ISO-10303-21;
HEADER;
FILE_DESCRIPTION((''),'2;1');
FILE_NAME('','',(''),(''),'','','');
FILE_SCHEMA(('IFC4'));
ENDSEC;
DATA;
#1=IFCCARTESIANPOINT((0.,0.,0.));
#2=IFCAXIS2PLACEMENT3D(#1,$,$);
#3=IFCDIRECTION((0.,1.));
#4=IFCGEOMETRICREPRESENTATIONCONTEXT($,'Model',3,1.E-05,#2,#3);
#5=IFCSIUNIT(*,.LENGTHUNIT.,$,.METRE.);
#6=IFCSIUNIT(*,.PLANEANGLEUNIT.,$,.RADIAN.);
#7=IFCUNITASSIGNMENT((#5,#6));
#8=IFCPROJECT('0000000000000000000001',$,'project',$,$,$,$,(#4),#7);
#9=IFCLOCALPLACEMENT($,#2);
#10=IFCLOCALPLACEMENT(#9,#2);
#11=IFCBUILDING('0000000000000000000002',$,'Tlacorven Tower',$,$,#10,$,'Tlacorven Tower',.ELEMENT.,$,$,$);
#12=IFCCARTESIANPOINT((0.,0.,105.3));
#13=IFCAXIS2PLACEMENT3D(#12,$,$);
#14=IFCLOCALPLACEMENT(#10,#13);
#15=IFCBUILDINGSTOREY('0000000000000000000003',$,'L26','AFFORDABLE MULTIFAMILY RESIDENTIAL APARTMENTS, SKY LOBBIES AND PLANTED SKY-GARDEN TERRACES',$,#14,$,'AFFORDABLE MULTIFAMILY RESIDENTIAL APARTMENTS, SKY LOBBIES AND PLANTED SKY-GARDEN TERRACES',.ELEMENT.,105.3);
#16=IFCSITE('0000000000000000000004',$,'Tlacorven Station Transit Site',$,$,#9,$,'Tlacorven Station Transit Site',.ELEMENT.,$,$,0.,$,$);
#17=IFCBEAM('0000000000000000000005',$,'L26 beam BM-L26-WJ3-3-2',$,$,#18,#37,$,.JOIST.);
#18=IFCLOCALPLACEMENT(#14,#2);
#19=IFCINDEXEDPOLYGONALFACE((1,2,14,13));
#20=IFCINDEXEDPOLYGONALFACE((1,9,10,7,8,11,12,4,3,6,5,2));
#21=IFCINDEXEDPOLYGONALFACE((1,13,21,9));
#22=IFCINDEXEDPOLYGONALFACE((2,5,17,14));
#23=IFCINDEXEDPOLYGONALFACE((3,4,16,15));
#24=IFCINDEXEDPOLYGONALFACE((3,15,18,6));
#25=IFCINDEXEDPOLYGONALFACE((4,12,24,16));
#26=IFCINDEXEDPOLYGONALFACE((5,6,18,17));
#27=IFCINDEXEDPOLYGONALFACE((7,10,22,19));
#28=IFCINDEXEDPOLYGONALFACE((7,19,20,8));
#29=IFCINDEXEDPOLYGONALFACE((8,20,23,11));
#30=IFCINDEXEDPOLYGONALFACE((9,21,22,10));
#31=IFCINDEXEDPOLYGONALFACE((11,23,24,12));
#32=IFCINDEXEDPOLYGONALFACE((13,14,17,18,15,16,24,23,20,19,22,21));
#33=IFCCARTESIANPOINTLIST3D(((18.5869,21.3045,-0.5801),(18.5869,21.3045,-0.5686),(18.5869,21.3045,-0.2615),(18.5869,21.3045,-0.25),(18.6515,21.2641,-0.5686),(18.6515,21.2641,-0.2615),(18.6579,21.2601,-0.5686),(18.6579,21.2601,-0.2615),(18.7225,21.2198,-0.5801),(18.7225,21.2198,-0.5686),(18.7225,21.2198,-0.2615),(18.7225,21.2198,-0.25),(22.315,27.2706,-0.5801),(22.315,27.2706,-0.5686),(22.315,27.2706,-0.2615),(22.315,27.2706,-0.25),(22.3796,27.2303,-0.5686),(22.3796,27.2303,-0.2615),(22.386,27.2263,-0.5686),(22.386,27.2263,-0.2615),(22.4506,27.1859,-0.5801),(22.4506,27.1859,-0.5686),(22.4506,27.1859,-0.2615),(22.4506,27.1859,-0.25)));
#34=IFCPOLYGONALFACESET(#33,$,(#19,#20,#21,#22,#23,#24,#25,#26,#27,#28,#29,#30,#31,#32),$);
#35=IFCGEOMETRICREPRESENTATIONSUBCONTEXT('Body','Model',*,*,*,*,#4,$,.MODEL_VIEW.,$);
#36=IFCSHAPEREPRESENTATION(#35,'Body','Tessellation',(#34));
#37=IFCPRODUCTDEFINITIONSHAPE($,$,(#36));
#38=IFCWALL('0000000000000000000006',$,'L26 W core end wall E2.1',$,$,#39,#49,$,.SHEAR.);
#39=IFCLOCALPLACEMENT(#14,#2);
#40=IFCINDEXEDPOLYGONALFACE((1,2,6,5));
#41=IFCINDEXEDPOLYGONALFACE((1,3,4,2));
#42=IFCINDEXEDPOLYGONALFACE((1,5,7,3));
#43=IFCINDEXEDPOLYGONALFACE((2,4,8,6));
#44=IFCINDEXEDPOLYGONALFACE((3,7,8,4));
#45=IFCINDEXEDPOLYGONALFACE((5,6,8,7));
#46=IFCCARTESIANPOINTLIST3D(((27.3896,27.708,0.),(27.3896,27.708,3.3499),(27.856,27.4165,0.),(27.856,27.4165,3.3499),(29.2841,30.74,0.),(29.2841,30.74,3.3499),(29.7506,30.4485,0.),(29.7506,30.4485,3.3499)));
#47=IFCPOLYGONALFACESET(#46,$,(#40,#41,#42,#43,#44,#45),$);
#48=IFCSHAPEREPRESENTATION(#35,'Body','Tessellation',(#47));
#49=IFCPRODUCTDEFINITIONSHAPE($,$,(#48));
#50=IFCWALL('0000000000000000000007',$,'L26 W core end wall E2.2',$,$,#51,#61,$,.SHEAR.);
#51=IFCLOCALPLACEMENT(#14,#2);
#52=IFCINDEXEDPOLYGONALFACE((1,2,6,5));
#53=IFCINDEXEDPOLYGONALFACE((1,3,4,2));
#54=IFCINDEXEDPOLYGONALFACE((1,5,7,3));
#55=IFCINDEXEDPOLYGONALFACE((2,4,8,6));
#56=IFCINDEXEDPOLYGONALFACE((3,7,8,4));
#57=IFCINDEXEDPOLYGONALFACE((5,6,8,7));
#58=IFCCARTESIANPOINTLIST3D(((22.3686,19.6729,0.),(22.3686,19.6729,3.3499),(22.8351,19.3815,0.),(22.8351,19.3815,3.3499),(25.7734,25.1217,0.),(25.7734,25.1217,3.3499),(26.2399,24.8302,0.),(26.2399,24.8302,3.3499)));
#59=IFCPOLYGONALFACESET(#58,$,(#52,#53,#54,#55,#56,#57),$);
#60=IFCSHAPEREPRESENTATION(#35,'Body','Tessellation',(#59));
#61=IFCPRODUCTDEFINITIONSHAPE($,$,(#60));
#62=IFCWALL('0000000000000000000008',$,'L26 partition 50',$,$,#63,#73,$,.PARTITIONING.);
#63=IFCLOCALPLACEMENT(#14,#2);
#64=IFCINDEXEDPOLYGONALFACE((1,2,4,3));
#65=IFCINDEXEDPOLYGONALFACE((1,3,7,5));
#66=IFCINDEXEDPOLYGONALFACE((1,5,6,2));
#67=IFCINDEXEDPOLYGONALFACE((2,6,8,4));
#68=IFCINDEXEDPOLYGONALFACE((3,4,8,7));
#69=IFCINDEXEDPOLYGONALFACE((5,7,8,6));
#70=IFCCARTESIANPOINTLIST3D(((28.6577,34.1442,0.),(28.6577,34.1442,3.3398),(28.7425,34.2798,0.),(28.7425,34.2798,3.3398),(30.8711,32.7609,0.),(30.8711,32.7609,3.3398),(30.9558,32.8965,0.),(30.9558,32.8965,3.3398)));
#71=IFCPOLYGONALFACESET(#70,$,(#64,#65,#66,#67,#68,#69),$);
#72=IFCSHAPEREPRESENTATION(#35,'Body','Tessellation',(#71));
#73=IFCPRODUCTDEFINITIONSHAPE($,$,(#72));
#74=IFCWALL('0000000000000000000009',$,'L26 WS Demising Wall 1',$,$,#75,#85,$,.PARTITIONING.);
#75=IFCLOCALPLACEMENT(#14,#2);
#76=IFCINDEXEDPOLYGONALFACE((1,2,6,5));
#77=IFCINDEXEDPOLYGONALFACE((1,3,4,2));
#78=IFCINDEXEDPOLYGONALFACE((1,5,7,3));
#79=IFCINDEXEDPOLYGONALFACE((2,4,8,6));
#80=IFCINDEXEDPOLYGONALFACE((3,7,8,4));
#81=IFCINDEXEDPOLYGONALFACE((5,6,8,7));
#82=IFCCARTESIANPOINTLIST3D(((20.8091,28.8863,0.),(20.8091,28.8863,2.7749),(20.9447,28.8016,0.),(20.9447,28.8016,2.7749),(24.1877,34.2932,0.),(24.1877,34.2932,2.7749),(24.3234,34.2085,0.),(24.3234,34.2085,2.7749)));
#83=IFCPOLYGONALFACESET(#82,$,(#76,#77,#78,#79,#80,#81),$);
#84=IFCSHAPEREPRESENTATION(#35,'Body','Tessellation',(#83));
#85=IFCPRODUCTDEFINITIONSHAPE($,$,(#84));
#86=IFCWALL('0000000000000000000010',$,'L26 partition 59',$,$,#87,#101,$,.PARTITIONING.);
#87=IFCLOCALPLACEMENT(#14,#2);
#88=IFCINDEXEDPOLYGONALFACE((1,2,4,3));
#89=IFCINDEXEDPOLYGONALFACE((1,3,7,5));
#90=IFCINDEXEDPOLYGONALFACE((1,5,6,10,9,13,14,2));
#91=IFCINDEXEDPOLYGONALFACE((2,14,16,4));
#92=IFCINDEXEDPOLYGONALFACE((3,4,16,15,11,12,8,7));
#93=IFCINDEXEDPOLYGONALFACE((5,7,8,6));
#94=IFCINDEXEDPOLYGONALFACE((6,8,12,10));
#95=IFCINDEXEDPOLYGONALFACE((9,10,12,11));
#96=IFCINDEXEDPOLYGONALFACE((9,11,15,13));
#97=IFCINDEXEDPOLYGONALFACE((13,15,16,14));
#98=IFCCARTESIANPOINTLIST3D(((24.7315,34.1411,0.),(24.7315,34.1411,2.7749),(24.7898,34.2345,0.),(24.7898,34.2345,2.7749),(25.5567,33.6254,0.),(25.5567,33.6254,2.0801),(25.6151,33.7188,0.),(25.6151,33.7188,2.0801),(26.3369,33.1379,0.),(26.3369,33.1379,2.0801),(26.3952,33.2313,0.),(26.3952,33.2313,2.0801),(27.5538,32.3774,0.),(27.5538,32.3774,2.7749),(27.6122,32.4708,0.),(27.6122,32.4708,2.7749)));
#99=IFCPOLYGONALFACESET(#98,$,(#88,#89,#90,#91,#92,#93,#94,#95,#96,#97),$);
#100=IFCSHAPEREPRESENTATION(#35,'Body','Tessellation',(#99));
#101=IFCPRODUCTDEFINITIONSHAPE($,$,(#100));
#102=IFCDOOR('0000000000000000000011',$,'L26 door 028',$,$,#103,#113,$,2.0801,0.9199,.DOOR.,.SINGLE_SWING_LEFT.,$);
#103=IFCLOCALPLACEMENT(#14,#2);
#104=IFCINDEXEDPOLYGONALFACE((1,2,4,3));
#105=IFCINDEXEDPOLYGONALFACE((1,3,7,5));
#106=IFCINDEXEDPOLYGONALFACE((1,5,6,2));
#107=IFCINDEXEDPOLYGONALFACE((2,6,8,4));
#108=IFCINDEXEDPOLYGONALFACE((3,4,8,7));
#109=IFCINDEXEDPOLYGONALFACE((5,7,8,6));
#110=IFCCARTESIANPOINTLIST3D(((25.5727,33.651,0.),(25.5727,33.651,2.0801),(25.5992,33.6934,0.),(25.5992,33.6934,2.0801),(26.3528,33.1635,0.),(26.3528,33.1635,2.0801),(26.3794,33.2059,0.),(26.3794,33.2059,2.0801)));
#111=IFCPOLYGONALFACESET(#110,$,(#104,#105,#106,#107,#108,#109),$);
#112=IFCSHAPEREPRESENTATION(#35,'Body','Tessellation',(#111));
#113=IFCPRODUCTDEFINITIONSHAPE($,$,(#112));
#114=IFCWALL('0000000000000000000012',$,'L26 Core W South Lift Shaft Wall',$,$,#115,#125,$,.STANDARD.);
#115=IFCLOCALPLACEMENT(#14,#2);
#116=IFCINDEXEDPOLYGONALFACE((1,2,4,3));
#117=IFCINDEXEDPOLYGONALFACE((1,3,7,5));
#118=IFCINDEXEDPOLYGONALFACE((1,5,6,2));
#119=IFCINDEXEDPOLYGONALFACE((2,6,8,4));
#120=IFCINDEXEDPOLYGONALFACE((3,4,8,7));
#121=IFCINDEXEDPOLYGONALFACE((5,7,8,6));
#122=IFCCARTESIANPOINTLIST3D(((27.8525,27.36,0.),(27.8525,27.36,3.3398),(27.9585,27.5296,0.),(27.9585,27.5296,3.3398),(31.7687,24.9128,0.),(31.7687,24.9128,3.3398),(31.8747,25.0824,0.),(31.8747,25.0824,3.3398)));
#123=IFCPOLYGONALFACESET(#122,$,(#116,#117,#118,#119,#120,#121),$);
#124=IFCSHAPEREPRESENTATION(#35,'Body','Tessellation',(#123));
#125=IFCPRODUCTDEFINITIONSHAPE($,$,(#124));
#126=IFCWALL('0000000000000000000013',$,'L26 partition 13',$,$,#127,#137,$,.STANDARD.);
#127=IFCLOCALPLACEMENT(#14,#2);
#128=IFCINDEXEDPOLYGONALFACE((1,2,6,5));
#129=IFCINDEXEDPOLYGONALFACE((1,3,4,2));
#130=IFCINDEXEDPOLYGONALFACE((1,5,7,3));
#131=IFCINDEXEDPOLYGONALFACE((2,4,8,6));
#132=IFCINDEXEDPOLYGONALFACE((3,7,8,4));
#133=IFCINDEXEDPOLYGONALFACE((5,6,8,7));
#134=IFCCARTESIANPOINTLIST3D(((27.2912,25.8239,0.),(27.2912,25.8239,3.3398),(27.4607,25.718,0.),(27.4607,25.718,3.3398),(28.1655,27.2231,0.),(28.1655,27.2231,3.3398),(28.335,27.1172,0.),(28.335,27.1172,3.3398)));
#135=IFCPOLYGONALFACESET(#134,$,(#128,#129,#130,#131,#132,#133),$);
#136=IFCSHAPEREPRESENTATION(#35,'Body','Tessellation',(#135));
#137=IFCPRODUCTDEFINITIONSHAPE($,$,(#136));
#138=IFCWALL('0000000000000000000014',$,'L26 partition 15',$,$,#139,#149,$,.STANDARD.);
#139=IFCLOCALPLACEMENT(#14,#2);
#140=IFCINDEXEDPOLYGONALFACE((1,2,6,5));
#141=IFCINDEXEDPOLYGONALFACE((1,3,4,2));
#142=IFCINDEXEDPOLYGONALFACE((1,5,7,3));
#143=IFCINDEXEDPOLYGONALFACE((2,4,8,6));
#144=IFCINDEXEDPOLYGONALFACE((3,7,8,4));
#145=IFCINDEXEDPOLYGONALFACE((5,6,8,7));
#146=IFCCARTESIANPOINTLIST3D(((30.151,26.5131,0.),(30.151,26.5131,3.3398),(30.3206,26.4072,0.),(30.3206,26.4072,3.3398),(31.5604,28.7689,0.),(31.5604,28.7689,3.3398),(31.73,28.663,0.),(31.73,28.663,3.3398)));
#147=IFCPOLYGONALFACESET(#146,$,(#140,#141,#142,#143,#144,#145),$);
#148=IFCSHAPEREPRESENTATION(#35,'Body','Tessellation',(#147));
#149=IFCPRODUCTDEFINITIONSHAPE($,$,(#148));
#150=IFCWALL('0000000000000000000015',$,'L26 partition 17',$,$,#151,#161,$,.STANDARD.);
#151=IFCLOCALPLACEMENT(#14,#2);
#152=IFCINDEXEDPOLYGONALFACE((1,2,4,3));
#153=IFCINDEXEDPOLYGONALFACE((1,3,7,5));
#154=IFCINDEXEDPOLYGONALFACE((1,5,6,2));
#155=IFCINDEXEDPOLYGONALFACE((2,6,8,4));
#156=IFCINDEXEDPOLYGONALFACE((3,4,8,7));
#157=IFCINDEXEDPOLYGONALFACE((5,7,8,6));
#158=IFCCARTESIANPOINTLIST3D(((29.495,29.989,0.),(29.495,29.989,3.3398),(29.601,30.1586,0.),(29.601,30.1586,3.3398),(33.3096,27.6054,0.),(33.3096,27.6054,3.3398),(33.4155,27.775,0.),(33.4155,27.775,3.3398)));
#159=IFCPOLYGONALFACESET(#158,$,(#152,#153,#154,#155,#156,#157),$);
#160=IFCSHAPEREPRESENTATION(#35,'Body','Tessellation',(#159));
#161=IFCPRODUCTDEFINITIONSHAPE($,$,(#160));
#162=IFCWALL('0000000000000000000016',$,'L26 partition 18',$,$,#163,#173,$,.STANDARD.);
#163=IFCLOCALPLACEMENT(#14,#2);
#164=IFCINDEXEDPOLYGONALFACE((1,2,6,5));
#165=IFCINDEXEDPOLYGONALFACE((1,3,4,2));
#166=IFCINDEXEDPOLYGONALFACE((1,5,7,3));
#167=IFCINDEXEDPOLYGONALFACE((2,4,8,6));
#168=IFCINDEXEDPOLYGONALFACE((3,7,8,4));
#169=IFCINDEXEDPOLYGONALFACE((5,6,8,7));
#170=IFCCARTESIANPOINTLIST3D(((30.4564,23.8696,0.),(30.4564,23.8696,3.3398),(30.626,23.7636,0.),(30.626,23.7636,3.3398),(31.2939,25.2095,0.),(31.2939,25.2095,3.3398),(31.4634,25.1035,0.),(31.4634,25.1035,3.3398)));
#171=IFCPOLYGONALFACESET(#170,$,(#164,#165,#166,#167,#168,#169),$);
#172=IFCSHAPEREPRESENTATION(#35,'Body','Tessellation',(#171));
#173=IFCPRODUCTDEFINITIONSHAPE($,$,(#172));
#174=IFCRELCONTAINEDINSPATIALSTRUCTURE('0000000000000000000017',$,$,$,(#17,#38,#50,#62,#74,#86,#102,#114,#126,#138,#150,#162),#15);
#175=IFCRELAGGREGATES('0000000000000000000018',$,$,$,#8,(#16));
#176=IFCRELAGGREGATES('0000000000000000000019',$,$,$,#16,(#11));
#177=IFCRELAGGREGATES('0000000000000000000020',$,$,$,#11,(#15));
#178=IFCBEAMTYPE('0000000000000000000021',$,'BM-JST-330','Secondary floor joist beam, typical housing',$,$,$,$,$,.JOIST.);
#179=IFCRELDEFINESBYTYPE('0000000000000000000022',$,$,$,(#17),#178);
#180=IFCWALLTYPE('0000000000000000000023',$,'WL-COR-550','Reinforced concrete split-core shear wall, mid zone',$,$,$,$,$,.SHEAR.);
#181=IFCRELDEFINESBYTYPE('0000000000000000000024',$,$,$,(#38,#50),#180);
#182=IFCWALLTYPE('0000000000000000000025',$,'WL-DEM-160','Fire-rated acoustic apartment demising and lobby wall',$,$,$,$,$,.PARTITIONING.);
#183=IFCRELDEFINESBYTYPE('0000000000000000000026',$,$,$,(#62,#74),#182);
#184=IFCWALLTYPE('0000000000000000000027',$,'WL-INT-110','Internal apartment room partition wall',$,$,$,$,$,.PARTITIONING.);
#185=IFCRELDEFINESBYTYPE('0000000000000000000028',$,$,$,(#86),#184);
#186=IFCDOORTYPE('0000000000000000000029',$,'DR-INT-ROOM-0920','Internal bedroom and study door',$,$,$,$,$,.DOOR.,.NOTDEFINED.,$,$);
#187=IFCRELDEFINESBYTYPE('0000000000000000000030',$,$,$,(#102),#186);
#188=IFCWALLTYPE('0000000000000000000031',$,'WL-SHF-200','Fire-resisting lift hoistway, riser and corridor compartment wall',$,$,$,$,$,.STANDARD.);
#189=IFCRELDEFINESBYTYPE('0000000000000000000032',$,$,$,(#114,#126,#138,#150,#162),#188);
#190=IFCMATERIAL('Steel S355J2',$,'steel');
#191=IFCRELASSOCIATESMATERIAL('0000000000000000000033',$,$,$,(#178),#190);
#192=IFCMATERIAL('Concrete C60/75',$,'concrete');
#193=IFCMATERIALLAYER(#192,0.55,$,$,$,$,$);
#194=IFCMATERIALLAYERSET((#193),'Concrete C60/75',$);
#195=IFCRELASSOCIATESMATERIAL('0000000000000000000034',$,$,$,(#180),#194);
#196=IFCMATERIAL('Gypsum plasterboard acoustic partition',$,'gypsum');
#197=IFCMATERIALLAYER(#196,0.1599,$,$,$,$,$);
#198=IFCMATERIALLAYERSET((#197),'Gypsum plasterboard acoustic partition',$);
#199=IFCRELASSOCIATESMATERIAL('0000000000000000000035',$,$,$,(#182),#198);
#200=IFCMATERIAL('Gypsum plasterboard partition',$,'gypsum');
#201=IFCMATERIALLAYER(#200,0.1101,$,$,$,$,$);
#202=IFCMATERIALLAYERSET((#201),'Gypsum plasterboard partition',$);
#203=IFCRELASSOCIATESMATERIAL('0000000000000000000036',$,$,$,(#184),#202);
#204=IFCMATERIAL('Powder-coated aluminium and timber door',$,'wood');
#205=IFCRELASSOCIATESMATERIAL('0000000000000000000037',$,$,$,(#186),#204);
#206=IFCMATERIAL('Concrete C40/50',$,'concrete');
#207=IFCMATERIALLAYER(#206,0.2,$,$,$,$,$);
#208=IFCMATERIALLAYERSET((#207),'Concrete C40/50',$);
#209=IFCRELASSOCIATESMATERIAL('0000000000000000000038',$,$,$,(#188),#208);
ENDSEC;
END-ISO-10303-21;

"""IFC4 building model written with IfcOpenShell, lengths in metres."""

from ifc_helpers import new_model, si_unit, direction, frame, frame_2d, origin, origin_2d, place, context, subcontext, project, spatial, rectangle, i_section, extrude, source, transform, mapped, material, layer, layer_set, material_profile, profile_set, type_object, element, fill, save


model = new_model("IFC4")

# Units and contexts
model_context = context("Model", 3, precision=1e-05, world=origin(), true_north=direction((0.0, 1.0)))
body_context = subcontext(model_context, "Body", "Model", "MODEL_VIEW")
ifc_project = project(units=[si_unit("LENGTHUNIT", "METRE"), si_unit("PLANEANGLEUNIT", "RADIAN")], contexts=[model_context])

# Site, building, storey
site_placement = place(None, origin())
site = spatial("IfcSite", under=ifc_project, at=site_placement, Name="Tlacorven Station Transit Site", LongName="Tlacorven Station Transit Site", CompositionType="ELEMENT", RefElevation=0.0)
building_placement = place(site_placement, origin())
building = spatial("IfcBuilding", under=site, at=building_placement, Name="Tlacorven Tower", LongName="Tlacorven Tower", CompositionType="ELEMENT")
storey_placement = place(building_placement, frame((0.0, 0.0, 105.3)))
storey = spatial("IfcBuildingStorey", under=building, at=storey_placement, Name="L26", Description="AFFORDABLE MULTIFAMILY RESIDENTIAL APARTMENTS, SKY LOBBIES AND PLANTED SKY-GARDEN TERRACES", LongName="AFFORDABLE MULTIFAMILY RESIDENTIAL APARTMENTS, SKY LOBBIES AND PLANTED SKY-GARDEN TERRACES", CompositionType="ELEMENT", Elevation=105.3)

# Beam
ifc_material_1 = material(Name="Concrete C60/75", Category="concrete")
ifc_material_2 = material(Name="Steel S355J2", Category="steel")
ifc_material_profile_1 = material_profile(ifc_material_2, i_section(OverallWidth=0.1599, OverallDepth=0.3301, WebThickness=0.0076, FlangeThickness=0.0115, at=origin_2d()), Name="IPE 330")
ifc_profile_set_1 = profile_set([ifc_material_profile_1], Name="Steel S355J2")
beam_type_1 = type_object("IfcBeamType", Name="BM-JST-330", Description="Secondary floor joist beam, typical housing", PredefinedType="JOIST", material=ifc_profile_set_1)
shared_shape_1 = source(origin(), body_context, "Body", "SweptSolid", [
    extrude(i_section(OverallWidth=0.1599, OverallDepth=0.3301, WebThickness=0.0076, FlangeThickness=0.0115, at=origin_2d()), origin(), (0.0, 0.0, 1.0), 7.0352),
])
beam_1_placement = place(storey_placement, frame((22.3828, 27.2283, -0.415), z_axis=(-0.529921, -0.848047, 0.0), x_axis=(0.848047, -0.529921, 0.0)))
element("IfcBeam", 1, at=beam_1_placement, inside=storey, type_object=beam_type_1, Name="L26 beam BM-L26-WJ3-3-2", PredefinedType="JOIST", context=body_context, shape_type="MappedRepresentation", body=[
    mapped(shared_shape_1, transform((0.0, 0.0, 0.0), scale=1.0)),
])

# Walls
ifc_layer_1 = layer(ifc_material_1, 0.55)
ifc_layer_set_1 = layer_set([ifc_layer_1], Name="Concrete C60/75")
wall_type_1 = type_object("IfcWallType", Name="WL-COR-550", Description="Reinforced concrete split-core shear wall, mid zone", PredefinedType="SHEAR", material=ifc_layer_set_1)
wall_1_placement = place(storey_placement, frame((29.5173, 30.5942, 0.0), z_axis=(0.0, 0.0, 1.0), x_axis=(-0.529907, -0.848056, 0.0)))
element("IfcWall", 2, at=wall_1_placement, inside=storey, type_object=wall_type_1, Name="L26 W core end wall E2.1", PredefinedType="SHEAR", context=body_context, shape_type="SweptSolid", body=[
    extrude(rectangle(XDim=3.5752, YDim=0.55, at=frame_2d((1.7876, 0.0))), origin(), (0.0, 0.0, 1.0), 3.3499),
])
wall_2_placement = place(storey_placement, frame((26.0066, 24.9758, 0.0), z_axis=(0.0, 0.0, 1.0), x_axis=(-0.529924, -0.848045, 0.0)))
element("IfcWall", 3, at=wall_2_placement, inside=storey, type_object=wall_type_1, Name="L26 W core end wall E2.2", PredefinedType="SHEAR", context=body_context, shape_type="SweptSolid", body=[
    extrude(rectangle(XDim=6.425, YDim=0.55, at=frame_2d((3.2124, 0.0))), origin(), (0.0, 0.0, 1.0), 3.3499),
])
ifc_material_3 = material(Name="Gypsum plasterboard acoustic partition", Category="gypsum")
ifc_layer_2 = layer(ifc_material_3, 0.1599)
ifc_layer_set_2 = layer_set([ifc_layer_2], Name="Gypsum plasterboard acoustic partition")
wall_type_2 = type_object("IfcWallType", Name="WL-DEM-160", Description="Fire-rated acoustic apartment demising and lobby wall", PredefinedType="PARTITIONING", material=ifc_layer_set_2)
wall_3_placement = place(storey_placement, frame((30.9136, 32.8286, 0.0), z_axis=(0.0, 0.0, 1.0), x_axis=(-0.848009, 0.529982, 0.0)))
element("IfcWall", 4, at=wall_3_placement, inside=storey, type_object=wall_type_2, Name="L26 partition 50", PredefinedType="PARTITIONING", context=body_context, shape_type="SweptSolid", body=[
    extrude(rectangle(XDim=2.6101, YDim=0.1599, at=frame_2d((1.3052, 0.0))), origin(), (0.0, 0.0, 1.0), 3.3398),
])
wall_4_placement = place(storey_placement, frame((24.2556, 34.251, 0.0), z_axis=(0.0, 0.0, 1.0), x_axis=(-0.52992, -0.848048, 0.0)))
element("IfcWall", 5, at=wall_4_placement, inside=storey, type_object=wall_type_2, Name="L26 WS Demising Wall 1", PredefinedType="PARTITIONING", context=body_context, shape_type="SweptSolid", body=[
    extrude(rectangle(XDim=6.3757, YDim=0.1599, at=frame_2d((3.188, 0.0))), origin(), (0.0, 0.0, 1.0), 2.7749),
])

# Wall, opening, door
ifc_material_4 = material(Name="Gypsum plasterboard partition", Category="gypsum")
ifc_layer_3 = layer(ifc_material_4, 0.1101)
ifc_layer_set_3 = layer_set([ifc_layer_3], Name="Gypsum plasterboard partition")
wall_type_3 = type_object("IfcWallType", Name="WL-INT-110", Description="Internal apartment room partition wall", PredefinedType="PARTITIONING", material=ifc_layer_set_3)
wall_5_placement = place(storey_placement, frame((27.583, 32.4241, 0.0), z_axis=(0.0, 0.0, 1.0), x_axis=(-0.848031, 0.529946, 0.0)))
wall_5 = element("IfcWall", 6, at=wall_5_placement, inside=storey, type_object=wall_type_3, Name="L26 partition 59", PredefinedType="PARTITIONING", context=body_context, shape_type="SweptSolid", body=[
    extrude(rectangle(XDim=3.3281, YDim=0.1101, at=frame_2d((1.6641, 0.0))), origin(), (0.0, 0.0, 1.0), 2.7749),
])
opening_1_placement = place(wall_5_placement, frame((1.4351, 0.0, 0.0)))
opening_1 = element("IfcOpeningElement", 7, at=opening_1_placement, cuts=wall_5, PredefinedType="OPENING", context=body_context, shape_type="SweptSolid", body=[
    extrude(rectangle(XDim=0.9199, YDim=2.0801, at=frame_2d((0.46, 1.04))), frame((0.0, 0.0649, 0.0), z_axis=(0.0, -1.0, 0.0), x_axis=(1.0, 0.0, 0.0)), (0.0, 0.0, 1.0), 0.1301),
])
ifc_material_5 = material(Name="Powder-coated aluminium and timber door", Category="wood")
door_type_1 = type_object("IfcDoorType", Name="DR-INT-ROOM-0920", Description="Internal bedroom and study door", OperationType="NOTDEFINED", PredefinedType="DOOR", material=ifc_material_5)
shared_shape_2 = source(origin(), body_context, "Body", "SweptSolid", [
    extrude(rectangle(XDim=0.9199, YDim=2.0801, at=frame_2d((0.46, 1.04))), frame((0.0, 0.0249, 0.0), z_axis=(0.0, -1.0, 0.0), x_axis=(1.0, 0.0, 0.0)), (0.0, 0.0, 1.0), 0.05),
])
door_1_placement = place(opening_1_placement, origin())
door_1 = element("IfcDoor", 8, at=door_1_placement, inside=storey, type_object=door_type_1, Name="L26 door 028", OperationType="SINGLE_SWING_LEFT", OverallHeight=2.0801, OverallWidth=0.9199, PredefinedType="DOOR", context=body_context, shape_type="MappedRepresentation", body=[
    mapped(shared_shape_2, transform((0.0, 0.0, 0.0), scale=1.0)),
])
fill(opening_1, door_1)

# Walls
ifc_material_6 = material(Name="Concrete C40/50", Category="concrete")
ifc_layer_4 = layer(ifc_material_6, 0.2)
ifc_layer_set_4 = layer_set([ifc_layer_4], Name="Concrete C40/50")
wall_type_4 = type_object("IfcWallType", Name="WL-SHF-200", Description="Fire-resisting lift hoistway, riser and corridor compartment wall", PredefinedType="STANDARD", material=ifc_layer_set_4)
wall_6_placement = place(storey_placement, frame((31.8218, 24.9976, 0.0), z_axis=(0.0, 0.0, 1.0), x_axis=(-0.848037, 0.529937, 0.0)))
element("IfcWall", 9, at=wall_6_placement, inside=storey, type_object=wall_type_4, Name="L26 Core W South Lift Shaft Wall", PredefinedType="STANDARD", context=body_context, shape_type="SweptSolid", body=[
    extrude(rectangle(XDim=4.6179, YDim=0.2, at=frame_2d((2.3091, 0.0))), origin(), (0.0, 0.0, 1.0), 3.3398),
])
wall_7_placement = place(storey_placement, frame((28.2502, 27.1702, 0.0), z_axis=(0.0, 0.0, 1.0), x_axis=(-0.529906, -0.848056, 0.0)))
element("IfcWall", 10, at=wall_7_placement, inside=storey, type_object=wall_type_4, Name="L26 partition 13", PredefinedType="STANDARD", context=body_context, shape_type="SweptSolid", body=[
    extrude(rectangle(XDim=1.6499, YDim=0.2, at=frame_2d((0.825, 0.0))), origin(), (0.0, 0.0, 1.0), 3.3398),
])
wall_8_placement = place(storey_placement, frame((31.6453, 28.7161, 0.0), z_axis=(0.0, 0.0, 1.0), x_axis=(-0.529867, -0.848081, 0.0)))
element("IfcWall", 11, at=wall_8_placement, inside=storey, type_object=wall_type_4, Name="L26 partition 15", PredefinedType="STANDARD", context=body_context, shape_type="SweptSolid", body=[
    extrude(rectangle(XDim=2.6599, YDim=0.2, at=frame_2d((1.3301, 0.0))), origin(), (0.0, 0.0, 1.0), 3.3398),
])
wall_9_placement = place(storey_placement, frame((33.3625, 27.6902, 0.0), z_axis=(0.0, 0.0, 1.0), x_axis=(-0.848047, 0.529921, 0.0)))
element("IfcWall", 12, at=wall_9_placement, inside=storey, type_object=wall_type_4, Name="L26 partition 17", PredefinedType="STANDARD", context=body_context, shape_type="SweptSolid", body=[
    extrude(rectangle(XDim=4.498, YDim=0.2, at=frame_2d((2.249, 0.0))), origin(), (0.0, 0.0, 1.0), 3.3398),
])
for number, where, z_axis, x_axis, name in (
    (13, (31.3787, 25.1565, 0.0), (0.0, 0.0, 1.0), (-0.529999, -0.847998, 0.0), "L26 partition 18"),
):
    element("IfcWall", number, at=place(storey_placement, frame(where, z_axis=z_axis, x_axis=x_axis)), inside=storey, type_object=wall_type_4, Name=name, PredefinedType="STANDARD", context=body_context, shape_type="SweptSolid", body=[
        extrude(rectangle(XDim=1.5801, YDim=0.2, at=frame_2d((0.79, 0.0))), origin(), (0.0, 0.0, 1.0), 3.3398),
    ])

save(model, "model.ifc")
